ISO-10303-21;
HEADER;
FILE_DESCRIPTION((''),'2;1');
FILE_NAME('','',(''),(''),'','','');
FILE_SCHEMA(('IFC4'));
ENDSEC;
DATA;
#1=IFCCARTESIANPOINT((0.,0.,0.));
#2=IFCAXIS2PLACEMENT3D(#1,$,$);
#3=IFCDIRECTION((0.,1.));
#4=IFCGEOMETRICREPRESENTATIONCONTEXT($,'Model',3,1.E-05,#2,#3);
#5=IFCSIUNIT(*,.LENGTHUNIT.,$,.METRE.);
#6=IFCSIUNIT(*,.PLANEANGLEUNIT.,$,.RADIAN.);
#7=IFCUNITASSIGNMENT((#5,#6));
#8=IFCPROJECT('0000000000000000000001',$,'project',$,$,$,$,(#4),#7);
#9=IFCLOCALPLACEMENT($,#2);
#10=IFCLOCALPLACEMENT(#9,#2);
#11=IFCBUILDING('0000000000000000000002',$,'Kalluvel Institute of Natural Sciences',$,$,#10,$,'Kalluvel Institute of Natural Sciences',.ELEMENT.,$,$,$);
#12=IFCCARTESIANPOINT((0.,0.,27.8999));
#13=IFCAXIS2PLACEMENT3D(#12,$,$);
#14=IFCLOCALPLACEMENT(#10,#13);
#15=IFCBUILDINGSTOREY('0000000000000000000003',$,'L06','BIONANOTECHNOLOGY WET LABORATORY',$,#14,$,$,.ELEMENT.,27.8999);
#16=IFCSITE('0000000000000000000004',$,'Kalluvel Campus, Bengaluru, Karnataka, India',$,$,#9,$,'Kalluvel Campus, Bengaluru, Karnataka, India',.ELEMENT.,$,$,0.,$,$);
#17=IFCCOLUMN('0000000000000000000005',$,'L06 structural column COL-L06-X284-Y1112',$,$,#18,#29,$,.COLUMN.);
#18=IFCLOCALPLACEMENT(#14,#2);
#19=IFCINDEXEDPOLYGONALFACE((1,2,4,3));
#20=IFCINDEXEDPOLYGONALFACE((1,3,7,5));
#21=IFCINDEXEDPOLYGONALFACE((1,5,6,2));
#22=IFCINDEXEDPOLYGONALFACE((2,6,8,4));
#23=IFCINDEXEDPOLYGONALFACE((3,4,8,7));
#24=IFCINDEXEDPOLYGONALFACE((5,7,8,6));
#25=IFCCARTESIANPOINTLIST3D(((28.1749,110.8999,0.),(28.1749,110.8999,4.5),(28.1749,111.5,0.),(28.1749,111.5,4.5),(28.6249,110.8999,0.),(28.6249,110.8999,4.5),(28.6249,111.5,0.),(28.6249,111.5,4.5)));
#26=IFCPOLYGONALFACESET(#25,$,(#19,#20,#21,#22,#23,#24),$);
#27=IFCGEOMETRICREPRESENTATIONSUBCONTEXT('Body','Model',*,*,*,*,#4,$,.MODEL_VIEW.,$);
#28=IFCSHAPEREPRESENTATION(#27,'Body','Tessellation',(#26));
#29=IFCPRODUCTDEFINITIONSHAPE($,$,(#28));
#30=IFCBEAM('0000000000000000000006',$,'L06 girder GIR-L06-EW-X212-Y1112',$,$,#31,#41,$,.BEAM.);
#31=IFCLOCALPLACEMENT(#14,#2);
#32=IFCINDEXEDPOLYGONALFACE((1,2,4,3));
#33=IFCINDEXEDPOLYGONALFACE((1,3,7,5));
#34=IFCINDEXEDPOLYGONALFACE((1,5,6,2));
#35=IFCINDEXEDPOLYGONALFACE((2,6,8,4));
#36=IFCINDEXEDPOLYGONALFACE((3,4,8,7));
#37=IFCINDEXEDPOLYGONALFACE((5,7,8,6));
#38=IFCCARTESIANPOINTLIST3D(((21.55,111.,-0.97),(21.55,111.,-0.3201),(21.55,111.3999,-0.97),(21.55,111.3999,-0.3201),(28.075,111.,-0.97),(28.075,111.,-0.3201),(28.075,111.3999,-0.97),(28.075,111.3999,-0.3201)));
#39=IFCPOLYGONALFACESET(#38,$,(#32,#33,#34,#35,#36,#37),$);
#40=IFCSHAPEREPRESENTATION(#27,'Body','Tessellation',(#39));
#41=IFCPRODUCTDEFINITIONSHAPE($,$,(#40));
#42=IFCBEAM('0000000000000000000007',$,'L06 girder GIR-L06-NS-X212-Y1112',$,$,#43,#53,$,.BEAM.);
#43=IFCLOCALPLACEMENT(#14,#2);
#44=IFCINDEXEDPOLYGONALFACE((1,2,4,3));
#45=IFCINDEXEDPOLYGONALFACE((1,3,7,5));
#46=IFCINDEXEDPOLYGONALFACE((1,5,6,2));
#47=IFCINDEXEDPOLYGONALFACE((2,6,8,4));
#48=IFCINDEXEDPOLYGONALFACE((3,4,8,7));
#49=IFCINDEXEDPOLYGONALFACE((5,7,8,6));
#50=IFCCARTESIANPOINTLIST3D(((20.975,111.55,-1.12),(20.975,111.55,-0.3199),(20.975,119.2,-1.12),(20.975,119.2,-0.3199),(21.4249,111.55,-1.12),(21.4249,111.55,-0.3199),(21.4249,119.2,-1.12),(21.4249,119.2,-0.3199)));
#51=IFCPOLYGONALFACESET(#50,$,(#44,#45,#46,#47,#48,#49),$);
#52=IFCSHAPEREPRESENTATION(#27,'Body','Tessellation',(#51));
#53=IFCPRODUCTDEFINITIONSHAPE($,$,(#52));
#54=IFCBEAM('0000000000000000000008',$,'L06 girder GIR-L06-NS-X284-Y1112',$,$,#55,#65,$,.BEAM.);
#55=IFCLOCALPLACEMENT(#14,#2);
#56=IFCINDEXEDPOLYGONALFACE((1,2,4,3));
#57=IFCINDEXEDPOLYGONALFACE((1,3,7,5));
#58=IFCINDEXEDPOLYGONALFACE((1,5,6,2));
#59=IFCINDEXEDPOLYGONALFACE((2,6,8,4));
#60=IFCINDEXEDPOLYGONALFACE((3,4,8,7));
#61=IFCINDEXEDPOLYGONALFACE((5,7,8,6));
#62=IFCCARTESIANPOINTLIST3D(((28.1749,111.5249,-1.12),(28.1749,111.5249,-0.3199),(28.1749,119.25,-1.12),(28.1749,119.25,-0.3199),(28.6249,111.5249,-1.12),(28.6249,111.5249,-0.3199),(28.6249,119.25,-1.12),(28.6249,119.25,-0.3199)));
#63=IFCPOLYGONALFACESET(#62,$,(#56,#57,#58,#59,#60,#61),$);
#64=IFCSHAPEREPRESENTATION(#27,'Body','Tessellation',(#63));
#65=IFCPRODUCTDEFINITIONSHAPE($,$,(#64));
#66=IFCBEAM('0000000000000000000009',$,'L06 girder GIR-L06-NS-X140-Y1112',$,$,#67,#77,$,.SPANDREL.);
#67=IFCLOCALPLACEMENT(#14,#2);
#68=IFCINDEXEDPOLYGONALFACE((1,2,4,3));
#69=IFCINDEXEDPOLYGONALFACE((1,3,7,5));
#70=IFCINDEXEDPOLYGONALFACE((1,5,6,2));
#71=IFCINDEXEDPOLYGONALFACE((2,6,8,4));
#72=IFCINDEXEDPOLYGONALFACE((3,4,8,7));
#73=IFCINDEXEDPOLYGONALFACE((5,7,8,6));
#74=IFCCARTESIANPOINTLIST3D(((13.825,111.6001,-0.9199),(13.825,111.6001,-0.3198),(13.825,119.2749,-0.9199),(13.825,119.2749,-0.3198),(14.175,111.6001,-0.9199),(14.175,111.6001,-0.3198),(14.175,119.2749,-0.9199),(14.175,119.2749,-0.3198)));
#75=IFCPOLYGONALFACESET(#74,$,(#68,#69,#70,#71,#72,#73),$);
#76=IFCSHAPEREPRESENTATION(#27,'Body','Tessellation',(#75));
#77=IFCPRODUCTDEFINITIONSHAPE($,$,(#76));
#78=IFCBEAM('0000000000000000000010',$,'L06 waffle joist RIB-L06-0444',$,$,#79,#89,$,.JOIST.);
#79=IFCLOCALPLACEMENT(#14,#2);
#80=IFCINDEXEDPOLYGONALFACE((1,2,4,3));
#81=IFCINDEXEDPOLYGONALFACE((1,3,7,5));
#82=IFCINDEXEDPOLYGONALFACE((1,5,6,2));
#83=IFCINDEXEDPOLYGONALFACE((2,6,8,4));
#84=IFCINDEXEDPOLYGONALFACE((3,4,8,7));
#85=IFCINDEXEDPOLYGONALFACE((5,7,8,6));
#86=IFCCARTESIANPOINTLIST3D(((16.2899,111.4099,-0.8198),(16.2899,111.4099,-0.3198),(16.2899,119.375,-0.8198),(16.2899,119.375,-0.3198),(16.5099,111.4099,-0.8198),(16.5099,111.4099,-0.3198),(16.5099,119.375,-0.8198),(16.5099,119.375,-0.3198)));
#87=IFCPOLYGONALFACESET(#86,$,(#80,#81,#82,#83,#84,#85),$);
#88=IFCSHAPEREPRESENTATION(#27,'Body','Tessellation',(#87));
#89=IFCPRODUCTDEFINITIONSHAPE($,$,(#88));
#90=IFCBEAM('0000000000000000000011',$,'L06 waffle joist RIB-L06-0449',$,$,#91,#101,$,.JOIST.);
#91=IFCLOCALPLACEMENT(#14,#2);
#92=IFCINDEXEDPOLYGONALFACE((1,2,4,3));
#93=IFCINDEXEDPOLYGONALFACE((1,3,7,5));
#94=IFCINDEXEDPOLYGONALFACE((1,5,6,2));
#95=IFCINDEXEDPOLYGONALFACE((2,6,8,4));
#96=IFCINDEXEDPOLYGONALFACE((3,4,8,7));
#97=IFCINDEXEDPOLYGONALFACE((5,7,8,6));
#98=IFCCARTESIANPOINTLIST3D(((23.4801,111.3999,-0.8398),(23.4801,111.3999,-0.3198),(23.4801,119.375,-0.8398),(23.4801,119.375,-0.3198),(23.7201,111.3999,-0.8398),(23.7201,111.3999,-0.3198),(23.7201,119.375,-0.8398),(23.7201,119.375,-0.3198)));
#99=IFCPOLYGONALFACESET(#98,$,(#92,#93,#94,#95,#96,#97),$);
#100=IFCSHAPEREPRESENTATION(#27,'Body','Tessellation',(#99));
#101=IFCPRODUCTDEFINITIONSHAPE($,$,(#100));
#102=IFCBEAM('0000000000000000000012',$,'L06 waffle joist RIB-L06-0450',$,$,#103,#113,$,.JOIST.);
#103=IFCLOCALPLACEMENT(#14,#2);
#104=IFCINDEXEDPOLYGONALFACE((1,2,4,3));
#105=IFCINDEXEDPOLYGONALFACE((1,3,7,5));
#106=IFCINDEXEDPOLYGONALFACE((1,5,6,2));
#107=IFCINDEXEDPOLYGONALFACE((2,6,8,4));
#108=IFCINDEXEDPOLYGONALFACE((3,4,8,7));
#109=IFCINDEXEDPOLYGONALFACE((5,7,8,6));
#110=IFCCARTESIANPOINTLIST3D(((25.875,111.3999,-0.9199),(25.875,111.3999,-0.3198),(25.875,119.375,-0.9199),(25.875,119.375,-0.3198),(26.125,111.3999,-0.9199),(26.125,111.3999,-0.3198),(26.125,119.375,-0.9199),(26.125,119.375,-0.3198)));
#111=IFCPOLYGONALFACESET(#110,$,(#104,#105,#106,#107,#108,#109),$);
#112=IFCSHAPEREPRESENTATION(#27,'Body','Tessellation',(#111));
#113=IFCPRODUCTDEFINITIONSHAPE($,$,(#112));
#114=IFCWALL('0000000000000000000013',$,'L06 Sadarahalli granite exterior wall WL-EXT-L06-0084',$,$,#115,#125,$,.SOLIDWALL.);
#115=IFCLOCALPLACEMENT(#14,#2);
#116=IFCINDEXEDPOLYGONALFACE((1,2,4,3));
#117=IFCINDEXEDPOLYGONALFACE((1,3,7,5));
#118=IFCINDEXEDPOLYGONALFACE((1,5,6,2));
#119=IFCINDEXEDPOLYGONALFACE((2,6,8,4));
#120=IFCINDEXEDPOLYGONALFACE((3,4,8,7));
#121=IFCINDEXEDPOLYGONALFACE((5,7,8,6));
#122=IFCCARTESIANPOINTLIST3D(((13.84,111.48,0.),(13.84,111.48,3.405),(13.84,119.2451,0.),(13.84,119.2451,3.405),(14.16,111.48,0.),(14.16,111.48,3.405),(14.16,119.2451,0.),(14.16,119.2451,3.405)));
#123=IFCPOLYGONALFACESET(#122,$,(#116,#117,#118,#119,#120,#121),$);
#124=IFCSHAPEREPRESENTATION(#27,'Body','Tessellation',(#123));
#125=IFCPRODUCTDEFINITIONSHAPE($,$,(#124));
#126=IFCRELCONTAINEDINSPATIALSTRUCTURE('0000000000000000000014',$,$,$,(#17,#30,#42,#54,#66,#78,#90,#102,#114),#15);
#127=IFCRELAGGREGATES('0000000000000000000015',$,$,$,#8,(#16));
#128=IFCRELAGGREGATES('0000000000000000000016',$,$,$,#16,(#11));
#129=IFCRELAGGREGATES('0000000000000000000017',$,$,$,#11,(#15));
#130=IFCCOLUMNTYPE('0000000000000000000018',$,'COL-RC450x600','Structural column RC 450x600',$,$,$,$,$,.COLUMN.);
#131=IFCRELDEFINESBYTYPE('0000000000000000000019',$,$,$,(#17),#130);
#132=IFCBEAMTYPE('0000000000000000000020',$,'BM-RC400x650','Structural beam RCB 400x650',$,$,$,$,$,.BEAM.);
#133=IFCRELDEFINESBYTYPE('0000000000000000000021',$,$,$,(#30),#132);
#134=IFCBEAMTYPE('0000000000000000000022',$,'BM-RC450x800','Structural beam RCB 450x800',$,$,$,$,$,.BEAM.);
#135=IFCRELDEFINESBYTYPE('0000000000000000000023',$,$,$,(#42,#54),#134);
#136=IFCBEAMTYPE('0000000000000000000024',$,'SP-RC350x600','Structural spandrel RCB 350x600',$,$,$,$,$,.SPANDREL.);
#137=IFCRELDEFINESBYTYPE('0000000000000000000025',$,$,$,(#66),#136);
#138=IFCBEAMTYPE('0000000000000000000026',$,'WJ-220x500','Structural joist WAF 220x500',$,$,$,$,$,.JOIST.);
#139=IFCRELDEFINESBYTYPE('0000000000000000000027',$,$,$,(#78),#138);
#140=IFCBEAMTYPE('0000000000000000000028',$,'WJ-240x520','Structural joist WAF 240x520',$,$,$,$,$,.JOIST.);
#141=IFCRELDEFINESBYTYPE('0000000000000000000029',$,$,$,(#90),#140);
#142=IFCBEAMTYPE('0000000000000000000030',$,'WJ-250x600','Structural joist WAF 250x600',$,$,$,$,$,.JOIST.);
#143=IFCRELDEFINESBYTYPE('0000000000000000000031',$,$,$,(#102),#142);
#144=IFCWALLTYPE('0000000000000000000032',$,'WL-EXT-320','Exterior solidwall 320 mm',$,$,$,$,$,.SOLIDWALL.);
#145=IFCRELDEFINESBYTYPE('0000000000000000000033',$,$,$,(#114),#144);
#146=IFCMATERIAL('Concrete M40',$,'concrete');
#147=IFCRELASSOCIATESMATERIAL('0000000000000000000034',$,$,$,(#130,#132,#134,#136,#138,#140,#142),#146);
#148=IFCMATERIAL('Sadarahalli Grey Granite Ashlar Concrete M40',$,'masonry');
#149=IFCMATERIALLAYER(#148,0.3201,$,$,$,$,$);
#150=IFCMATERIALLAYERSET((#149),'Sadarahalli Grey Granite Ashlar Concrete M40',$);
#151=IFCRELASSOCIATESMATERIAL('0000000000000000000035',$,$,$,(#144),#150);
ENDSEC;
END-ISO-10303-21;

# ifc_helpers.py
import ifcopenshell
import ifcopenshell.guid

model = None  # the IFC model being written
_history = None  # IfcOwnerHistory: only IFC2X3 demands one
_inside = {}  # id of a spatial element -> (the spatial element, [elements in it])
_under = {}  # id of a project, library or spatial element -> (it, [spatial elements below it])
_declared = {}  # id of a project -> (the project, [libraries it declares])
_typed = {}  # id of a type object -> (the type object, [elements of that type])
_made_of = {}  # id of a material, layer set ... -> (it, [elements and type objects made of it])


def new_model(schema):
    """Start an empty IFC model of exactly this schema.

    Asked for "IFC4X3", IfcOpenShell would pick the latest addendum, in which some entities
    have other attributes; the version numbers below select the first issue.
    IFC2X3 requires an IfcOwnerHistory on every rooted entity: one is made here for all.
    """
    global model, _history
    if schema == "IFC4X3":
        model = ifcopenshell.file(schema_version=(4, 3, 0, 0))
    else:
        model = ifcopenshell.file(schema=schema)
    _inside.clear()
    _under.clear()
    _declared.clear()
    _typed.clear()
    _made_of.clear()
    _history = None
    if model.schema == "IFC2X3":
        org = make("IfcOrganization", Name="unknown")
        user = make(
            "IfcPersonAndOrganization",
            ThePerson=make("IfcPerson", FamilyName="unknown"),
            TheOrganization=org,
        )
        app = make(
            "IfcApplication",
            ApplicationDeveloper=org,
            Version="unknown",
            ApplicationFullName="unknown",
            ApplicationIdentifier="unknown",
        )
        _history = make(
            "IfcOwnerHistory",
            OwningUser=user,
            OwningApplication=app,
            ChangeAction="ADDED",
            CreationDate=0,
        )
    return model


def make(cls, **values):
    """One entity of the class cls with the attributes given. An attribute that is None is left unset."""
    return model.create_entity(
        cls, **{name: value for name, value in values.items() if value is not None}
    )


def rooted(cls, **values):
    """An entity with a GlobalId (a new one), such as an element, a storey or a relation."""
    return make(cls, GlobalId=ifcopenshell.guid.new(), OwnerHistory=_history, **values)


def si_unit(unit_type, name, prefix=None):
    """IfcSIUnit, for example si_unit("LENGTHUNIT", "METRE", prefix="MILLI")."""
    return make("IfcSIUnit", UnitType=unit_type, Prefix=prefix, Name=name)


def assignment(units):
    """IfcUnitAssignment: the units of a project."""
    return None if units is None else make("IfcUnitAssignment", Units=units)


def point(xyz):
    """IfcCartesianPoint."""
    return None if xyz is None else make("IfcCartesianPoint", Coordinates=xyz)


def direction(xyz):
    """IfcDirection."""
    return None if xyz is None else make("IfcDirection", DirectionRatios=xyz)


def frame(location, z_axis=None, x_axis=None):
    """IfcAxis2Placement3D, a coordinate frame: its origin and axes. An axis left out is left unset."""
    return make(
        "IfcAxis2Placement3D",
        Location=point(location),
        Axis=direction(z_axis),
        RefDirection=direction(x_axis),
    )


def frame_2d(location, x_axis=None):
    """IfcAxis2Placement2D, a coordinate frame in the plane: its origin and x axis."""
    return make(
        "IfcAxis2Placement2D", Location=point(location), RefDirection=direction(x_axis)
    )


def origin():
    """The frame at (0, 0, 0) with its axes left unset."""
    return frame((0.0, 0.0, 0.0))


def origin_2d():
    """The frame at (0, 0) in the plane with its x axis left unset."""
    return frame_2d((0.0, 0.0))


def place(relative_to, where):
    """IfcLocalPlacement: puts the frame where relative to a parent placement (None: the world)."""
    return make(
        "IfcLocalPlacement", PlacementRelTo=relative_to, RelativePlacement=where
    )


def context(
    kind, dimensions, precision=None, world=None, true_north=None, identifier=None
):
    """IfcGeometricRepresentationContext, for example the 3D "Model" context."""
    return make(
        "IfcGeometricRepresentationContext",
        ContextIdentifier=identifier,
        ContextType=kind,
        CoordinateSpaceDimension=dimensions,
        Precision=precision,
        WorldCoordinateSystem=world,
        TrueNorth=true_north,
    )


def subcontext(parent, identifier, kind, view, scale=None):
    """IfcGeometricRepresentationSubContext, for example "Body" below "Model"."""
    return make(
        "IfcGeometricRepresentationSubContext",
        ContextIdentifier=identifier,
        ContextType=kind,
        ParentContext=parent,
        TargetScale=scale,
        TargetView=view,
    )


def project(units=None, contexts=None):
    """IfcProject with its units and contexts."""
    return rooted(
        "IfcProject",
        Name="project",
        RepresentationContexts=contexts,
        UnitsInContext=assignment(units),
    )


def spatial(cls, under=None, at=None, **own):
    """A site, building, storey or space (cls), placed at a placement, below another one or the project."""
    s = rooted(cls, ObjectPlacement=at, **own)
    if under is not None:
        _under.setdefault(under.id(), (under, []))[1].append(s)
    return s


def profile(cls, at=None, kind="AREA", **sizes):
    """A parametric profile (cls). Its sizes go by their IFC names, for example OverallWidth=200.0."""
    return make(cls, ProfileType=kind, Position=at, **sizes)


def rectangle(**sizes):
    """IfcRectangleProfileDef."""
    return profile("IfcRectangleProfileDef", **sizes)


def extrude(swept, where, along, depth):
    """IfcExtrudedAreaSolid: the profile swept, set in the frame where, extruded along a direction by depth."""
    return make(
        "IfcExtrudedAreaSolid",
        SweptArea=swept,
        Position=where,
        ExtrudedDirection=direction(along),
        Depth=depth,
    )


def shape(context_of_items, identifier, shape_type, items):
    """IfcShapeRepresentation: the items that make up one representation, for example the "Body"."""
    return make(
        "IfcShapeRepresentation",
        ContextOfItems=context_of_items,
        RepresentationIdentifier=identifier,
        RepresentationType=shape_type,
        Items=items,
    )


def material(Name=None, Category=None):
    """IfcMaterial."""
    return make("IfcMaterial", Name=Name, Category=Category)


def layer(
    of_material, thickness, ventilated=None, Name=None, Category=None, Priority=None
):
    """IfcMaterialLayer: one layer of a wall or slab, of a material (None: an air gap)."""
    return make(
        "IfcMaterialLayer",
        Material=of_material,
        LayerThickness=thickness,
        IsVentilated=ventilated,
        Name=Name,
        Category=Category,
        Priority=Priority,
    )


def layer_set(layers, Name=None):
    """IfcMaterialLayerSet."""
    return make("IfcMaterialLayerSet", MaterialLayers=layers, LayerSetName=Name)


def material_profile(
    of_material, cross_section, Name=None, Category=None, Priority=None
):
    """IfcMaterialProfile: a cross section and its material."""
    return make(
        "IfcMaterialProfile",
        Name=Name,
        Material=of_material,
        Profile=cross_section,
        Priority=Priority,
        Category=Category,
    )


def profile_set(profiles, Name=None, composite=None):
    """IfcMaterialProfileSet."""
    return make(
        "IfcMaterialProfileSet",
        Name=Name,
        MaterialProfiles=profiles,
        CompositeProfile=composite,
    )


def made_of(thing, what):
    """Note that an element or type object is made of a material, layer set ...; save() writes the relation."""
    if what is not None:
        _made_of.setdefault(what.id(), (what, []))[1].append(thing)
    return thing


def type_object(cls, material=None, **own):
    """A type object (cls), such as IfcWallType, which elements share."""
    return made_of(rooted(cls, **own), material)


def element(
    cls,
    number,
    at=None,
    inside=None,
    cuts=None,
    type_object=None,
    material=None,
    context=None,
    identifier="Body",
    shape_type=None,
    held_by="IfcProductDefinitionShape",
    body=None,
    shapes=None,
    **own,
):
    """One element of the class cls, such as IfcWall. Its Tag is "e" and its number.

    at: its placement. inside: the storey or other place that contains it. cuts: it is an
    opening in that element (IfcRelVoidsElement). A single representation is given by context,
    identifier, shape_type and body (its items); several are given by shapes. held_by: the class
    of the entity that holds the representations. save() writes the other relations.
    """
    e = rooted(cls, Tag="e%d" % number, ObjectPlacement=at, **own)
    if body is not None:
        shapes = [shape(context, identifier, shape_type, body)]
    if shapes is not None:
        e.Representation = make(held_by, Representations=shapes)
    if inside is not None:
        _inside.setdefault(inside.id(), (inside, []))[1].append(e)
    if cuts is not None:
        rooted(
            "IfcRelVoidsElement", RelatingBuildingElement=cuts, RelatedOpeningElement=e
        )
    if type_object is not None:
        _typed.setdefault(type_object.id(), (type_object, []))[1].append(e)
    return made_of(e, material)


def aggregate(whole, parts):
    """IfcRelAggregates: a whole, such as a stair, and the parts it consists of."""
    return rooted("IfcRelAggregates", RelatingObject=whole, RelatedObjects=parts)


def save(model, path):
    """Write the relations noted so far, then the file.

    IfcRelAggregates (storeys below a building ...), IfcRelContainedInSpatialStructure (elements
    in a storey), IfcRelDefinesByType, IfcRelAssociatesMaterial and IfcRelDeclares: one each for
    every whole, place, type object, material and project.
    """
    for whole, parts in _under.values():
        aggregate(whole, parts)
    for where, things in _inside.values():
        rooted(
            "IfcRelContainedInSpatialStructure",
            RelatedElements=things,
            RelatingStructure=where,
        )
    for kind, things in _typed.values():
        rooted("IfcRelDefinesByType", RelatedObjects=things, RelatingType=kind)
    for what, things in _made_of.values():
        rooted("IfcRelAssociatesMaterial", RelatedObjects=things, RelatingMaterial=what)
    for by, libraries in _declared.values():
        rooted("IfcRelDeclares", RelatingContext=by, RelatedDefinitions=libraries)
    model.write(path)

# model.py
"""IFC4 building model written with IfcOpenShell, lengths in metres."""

from ifc_helpers import new_model, si_unit, direction, frame, frame_2d, origin, origin_2d, place, context, subcontext, project, spatial, rectangle, extrude, material, layer, layer_set, material_profile, profile_set, type_object, element, save


model = new_model("IFC4")

# Units and contexts
model_context = context("Model", 3, precision=1e-05, world=origin(), true_north=direction((0.0, 1.0)))
body_context = subcontext(model_context, "Body", "Model", "MODEL_VIEW")
ifc_project = project(units=[si_unit("LENGTHUNIT", "METRE"), si_unit("PLANEANGLEUNIT", "RADIAN")], contexts=[model_context])

# Site, building, storey
site_placement = place(None, origin())
site = spatial("IfcSite", under=ifc_project, at=site_placement, Name="Kalluvel Campus, Bengaluru, Karnataka, India", LongName="Kalluvel Campus, Bengaluru, Karnataka, India", CompositionType="ELEMENT", RefElevation=0.0)
building_placement = place(site_placement, origin())
building = spatial("IfcBuilding", under=site, at=building_placement, Name="Kalluvel Institute of Natural Sciences", LongName="Kalluvel Institute of Natural Sciences", CompositionType="ELEMENT")
storey_placement = place(building_placement, frame((0.0, 0.0, 27.8999)))
storey = spatial("IfcBuildingStorey", under=building, at=storey_placement, Name="L06", Description="BIONANOTECHNOLOGY WET LABORATORY", CompositionType="ELEMENT", Elevation=27.8999)

# Column
ifc_material_1 = material(Name="Concrete M40", Category="concrete")
ifc_material_profile_1 = material_profile(ifc_material_1, rectangle(XDim=0.45, YDim=0.6001, at=origin_2d()), Name="RC 450x600")
ifc_profile_set_1 = profile_set([ifc_material_profile_1], Name="Concrete M40")
column_type = type_object("IfcColumnType", Name="COL-RC450x600", Description="Structural column RC 450x600", PredefinedType="COLUMN", material=ifc_profile_set_1)
column_placement = place(storey_placement, frame((28.3999, 111.2, 0.0), z_axis=(0.0, 0.0, 1.0), x_axis=(1.0, 0.0, 0.0)))
element("IfcColumn", 1, at=column_placement, inside=storey, type_object=column_type, Name="L06 structural column COL-L06-X284-Y1112", PredefinedType="COLUMN", context=body_context, shape_type="SweptSolid", body=[
    extrude(rectangle(XDim=0.45, YDim=0.6001, at=origin_2d()), origin(), (0.0, 0.0, 1.0), 4.5),
])

# Beams
ifc_material_profile_2 = material_profile(ifc_material_1, rectangle(XDim=0.3999, YDim=0.6499, at=origin_2d()), Name="RCB 400x650")
ifc_profile_set_2 = profile_set([ifc_material_profile_2], Name="Concrete M40")
beam_type_1 = type_object("IfcBeamType", Name="BM-RC400x650", Description="Structural beam RCB 400x650", PredefinedType="BEAM", material=ifc_profile_set_2)
beam_1_placement = place(storey_placement, frame((21.55, 111.2, -0.645), z_axis=(1.0, 0.0, 0.0), x_axis=(0.0, 1.0, 0.0)))
element("IfcBeam", 2, at=beam_1_placement, inside=storey, type_object=beam_type_1, Name="L06 girder GIR-L06-EW-X212-Y1112", PredefinedType="BEAM", context=body_context, shape_type="SweptSolid", body=[
    extrude(rectangle(XDim=0.3999, YDim=0.6499, at=origin_2d()), origin(), (0.0, 0.0, 1.0), 6.5249),
])
ifc_material_profile_3 = material_profile(ifc_material_1, rectangle(XDim=0.45, YDim=0.8, at=origin_2d()), Name="RCB 450x800")
ifc_profile_set_3 = profile_set([ifc_material_profile_3], Name="Concrete M40")
beam_type_2 = type_object("IfcBeamType", Name="BM-RC450x800", Description="Structural beam RCB 450x800", PredefinedType="BEAM", material=ifc_profile_set_3)
beam_2_placement = place(storey_placement, frame((21.2, 111.55, -0.72), z_axis=(0.0, 1.0, 0.0), x_axis=(-1.0, 0.0, 0.0)))
element("IfcBeam", 3, at=beam_2_placement, inside=storey, type_object=beam_type_2, Name="L06 girder GIR-L06-NS-X212-Y1112", PredefinedType="BEAM", context=body_context, shape_type="SweptSolid", body=[
    extrude(rectangle(XDim=0.45, YDim=0.8, at=origin_2d()), origin(), (0.0, 0.0, 1.0), 7.6499),
])
beam_3_placement = place(storey_placement, frame((28.3999, 111.5249, -0.72), z_axis=(0.0, 1.0, 0.0), x_axis=(-1.0, 0.0, 0.0)))
element("IfcBeam", 4, at=beam_3_placement, inside=storey, type_object=beam_type_2, Name="L06 girder GIR-L06-NS-X284-Y1112", PredefinedType="BEAM", context=body_context, shape_type="SweptSolid", body=[
    extrude(rectangle(XDim=0.45, YDim=0.8, at=origin_2d()), origin(), (0.0, 0.0, 1.0), 7.7251),
])
ifc_material_profile_4 = material_profile(ifc_material_1, rectangle(XDim=0.3501, YDim=0.6001, at=origin_2d()), Name="RCB 350x600")
ifc_profile_set_4 = profile_set([ifc_material_profile_4], Name="Concrete M40")
beam_type_3 = type_object("IfcBeamType", Name="SP-RC350x600", Description="Structural spandrel RCB 350x600", PredefinedType="SPANDREL", material=ifc_profile_set_4)
beam_4_placement = place(storey_placement, frame((14.0, 111.6001, -0.6199), z_axis=(0.0, 1.0, 0.0), x_axis=(-1.0, 0.0, 0.0)))
element("IfcBeam", 5, at=beam_4_placement, inside=storey, type_object=beam_type_3, Name="L06 girder GIR-L06-NS-X140-Y1112", PredefinedType="SPANDREL", context=body_context, shape_type="SweptSolid", body=[
    extrude(rectangle(XDim=0.3501, YDim=0.6001, at=origin_2d()), origin(), (0.0, 0.0, 1.0), 7.6748),
])
ifc_material_profile_5 = material_profile(ifc_material_1, rectangle(XDim=0.22, YDim=0.5, at=origin_2d()), Name="WAF 220x500")
ifc_profile_set_5 = profile_set([ifc_material_profile_5], Name="Concrete M40")
beam_type_4 = type_object("IfcBeamType", Name="WJ-220x500", Description="Structural joist WAF 220x500", PredefinedType="JOIST", material=ifc_profile_set_5)
beam_5_placement = place(storey_placement, frame((16.3999, 111.4099, -0.5698), z_axis=(0.0, 1.0, 0.0), x_axis=(-1.0, 0.0, 0.0)))
element("IfcBeam", 6, at=beam_5_placement, inside=storey, type_object=beam_type_4, Name="L06 waffle joist RIB-L06-0444", PredefinedType="JOIST", context=body_context, shape_type="SweptSolid", body=[
    extrude(rectangle(XDim=0.22, YDim=0.5, at=origin_2d()), origin(), (0.0, 0.0, 1.0), 7.9651),
])
ifc_material_profile_6 = material_profile(ifc_material_1, rectangle(XDim=0.24, YDim=0.52, at=origin_2d()), Name="WAF 240x520")
ifc_profile_set_6 = profile_set([ifc_material_profile_6], Name="Concrete M40")
beam_type_5 = type_object("IfcBeamType", Name="WJ-240x520", Description="Structural joist WAF 240x520", PredefinedType="JOIST", material=ifc_profile_set_6)
beam_6_placement = place(storey_placement, frame((23.6001, 111.3999, -0.5798), z_axis=(0.0, 1.0, 0.0), x_axis=(-1.0, 0.0, 0.0)))
element("IfcBeam", 7, at=beam_6_placement, inside=storey, type_object=beam_type_5, Name="L06 waffle joist RIB-L06-0449", PredefinedType="JOIST", context=body_context, shape_type="SweptSolid", body=[
    extrude(rectangle(XDim=0.24, YDim=0.52, at=origin_2d()), origin(), (0.0, 0.0, 1.0), 7.9751),
])
ifc_material_profile_7 = material_profile(ifc_material_1, rectangle(XDim=0.25, YDim=0.6001, at=origin_2d()), Name="WAF 250x600")
ifc_profile_set_7 = profile_set([ifc_material_profile_7], Name="Concrete M40")
beam_type_6 = type_object("IfcBeamType", Name="WJ-250x600", Description="Structural joist WAF 250x600", PredefinedType="JOIST", material=ifc_profile_set_7)
beam_7_placement = place(storey_placement, frame((26.0, 111.3999, -0.6199), z_axis=(0.0, 1.0, 0.0), x_axis=(-1.0, 0.0, 0.0)))
element("IfcBeam", 8, at=beam_7_placement, inside=storey, type_object=beam_type_6, Name="L06 waffle joist RIB-L06-0450", PredefinedType="JOIST", context=body_context, shape_type="SweptSolid", body=[
    extrude(rectangle(XDim=0.25, YDim=0.6001, at=origin_2d()), origin(), (0.0, 0.0, 1.0), 7.9751),
])

# Wall
ifc_material_2 = material(Name="Sadarahalli Grey Granite Ashlar Concrete M40", Category="masonry")
ifc_layer_1 = layer(ifc_material_2, 0.3201)
ifc_layer_set_1 = layer_set([ifc_layer_1], Name="Sadarahalli Grey Granite Ashlar Concrete M40")
wall_type_1 = type_object("IfcWallType", Name="WL-EXT-320", Description="Exterior solidwall 320 mm", PredefinedType="SOLIDWALL", material=ifc_layer_set_1)
wall_1_placement = place(storey_placement, frame((14.0, 111.48, 0.0), z_axis=(0.0, 0.0, 1.0), x_axis=(0.0, 1.0, 0.0)))
element("IfcWall", 9, at=wall_1_placement, inside=storey, type_object=wall_type_1, Name="L06 Sadarahalli granite exterior wall WL-EXT-L06-0084", PredefinedType="SOLIDWALL", context=body_context, shape_type="SweptSolid", body=[
    extrude(rectangle(XDim=7.7651, YDim=0.3201, at=frame_2d((3.8826, 0.0))), origin(), (0.0, 0.0, 1.0), 3.405),
])

save(model, "model.ifc")
